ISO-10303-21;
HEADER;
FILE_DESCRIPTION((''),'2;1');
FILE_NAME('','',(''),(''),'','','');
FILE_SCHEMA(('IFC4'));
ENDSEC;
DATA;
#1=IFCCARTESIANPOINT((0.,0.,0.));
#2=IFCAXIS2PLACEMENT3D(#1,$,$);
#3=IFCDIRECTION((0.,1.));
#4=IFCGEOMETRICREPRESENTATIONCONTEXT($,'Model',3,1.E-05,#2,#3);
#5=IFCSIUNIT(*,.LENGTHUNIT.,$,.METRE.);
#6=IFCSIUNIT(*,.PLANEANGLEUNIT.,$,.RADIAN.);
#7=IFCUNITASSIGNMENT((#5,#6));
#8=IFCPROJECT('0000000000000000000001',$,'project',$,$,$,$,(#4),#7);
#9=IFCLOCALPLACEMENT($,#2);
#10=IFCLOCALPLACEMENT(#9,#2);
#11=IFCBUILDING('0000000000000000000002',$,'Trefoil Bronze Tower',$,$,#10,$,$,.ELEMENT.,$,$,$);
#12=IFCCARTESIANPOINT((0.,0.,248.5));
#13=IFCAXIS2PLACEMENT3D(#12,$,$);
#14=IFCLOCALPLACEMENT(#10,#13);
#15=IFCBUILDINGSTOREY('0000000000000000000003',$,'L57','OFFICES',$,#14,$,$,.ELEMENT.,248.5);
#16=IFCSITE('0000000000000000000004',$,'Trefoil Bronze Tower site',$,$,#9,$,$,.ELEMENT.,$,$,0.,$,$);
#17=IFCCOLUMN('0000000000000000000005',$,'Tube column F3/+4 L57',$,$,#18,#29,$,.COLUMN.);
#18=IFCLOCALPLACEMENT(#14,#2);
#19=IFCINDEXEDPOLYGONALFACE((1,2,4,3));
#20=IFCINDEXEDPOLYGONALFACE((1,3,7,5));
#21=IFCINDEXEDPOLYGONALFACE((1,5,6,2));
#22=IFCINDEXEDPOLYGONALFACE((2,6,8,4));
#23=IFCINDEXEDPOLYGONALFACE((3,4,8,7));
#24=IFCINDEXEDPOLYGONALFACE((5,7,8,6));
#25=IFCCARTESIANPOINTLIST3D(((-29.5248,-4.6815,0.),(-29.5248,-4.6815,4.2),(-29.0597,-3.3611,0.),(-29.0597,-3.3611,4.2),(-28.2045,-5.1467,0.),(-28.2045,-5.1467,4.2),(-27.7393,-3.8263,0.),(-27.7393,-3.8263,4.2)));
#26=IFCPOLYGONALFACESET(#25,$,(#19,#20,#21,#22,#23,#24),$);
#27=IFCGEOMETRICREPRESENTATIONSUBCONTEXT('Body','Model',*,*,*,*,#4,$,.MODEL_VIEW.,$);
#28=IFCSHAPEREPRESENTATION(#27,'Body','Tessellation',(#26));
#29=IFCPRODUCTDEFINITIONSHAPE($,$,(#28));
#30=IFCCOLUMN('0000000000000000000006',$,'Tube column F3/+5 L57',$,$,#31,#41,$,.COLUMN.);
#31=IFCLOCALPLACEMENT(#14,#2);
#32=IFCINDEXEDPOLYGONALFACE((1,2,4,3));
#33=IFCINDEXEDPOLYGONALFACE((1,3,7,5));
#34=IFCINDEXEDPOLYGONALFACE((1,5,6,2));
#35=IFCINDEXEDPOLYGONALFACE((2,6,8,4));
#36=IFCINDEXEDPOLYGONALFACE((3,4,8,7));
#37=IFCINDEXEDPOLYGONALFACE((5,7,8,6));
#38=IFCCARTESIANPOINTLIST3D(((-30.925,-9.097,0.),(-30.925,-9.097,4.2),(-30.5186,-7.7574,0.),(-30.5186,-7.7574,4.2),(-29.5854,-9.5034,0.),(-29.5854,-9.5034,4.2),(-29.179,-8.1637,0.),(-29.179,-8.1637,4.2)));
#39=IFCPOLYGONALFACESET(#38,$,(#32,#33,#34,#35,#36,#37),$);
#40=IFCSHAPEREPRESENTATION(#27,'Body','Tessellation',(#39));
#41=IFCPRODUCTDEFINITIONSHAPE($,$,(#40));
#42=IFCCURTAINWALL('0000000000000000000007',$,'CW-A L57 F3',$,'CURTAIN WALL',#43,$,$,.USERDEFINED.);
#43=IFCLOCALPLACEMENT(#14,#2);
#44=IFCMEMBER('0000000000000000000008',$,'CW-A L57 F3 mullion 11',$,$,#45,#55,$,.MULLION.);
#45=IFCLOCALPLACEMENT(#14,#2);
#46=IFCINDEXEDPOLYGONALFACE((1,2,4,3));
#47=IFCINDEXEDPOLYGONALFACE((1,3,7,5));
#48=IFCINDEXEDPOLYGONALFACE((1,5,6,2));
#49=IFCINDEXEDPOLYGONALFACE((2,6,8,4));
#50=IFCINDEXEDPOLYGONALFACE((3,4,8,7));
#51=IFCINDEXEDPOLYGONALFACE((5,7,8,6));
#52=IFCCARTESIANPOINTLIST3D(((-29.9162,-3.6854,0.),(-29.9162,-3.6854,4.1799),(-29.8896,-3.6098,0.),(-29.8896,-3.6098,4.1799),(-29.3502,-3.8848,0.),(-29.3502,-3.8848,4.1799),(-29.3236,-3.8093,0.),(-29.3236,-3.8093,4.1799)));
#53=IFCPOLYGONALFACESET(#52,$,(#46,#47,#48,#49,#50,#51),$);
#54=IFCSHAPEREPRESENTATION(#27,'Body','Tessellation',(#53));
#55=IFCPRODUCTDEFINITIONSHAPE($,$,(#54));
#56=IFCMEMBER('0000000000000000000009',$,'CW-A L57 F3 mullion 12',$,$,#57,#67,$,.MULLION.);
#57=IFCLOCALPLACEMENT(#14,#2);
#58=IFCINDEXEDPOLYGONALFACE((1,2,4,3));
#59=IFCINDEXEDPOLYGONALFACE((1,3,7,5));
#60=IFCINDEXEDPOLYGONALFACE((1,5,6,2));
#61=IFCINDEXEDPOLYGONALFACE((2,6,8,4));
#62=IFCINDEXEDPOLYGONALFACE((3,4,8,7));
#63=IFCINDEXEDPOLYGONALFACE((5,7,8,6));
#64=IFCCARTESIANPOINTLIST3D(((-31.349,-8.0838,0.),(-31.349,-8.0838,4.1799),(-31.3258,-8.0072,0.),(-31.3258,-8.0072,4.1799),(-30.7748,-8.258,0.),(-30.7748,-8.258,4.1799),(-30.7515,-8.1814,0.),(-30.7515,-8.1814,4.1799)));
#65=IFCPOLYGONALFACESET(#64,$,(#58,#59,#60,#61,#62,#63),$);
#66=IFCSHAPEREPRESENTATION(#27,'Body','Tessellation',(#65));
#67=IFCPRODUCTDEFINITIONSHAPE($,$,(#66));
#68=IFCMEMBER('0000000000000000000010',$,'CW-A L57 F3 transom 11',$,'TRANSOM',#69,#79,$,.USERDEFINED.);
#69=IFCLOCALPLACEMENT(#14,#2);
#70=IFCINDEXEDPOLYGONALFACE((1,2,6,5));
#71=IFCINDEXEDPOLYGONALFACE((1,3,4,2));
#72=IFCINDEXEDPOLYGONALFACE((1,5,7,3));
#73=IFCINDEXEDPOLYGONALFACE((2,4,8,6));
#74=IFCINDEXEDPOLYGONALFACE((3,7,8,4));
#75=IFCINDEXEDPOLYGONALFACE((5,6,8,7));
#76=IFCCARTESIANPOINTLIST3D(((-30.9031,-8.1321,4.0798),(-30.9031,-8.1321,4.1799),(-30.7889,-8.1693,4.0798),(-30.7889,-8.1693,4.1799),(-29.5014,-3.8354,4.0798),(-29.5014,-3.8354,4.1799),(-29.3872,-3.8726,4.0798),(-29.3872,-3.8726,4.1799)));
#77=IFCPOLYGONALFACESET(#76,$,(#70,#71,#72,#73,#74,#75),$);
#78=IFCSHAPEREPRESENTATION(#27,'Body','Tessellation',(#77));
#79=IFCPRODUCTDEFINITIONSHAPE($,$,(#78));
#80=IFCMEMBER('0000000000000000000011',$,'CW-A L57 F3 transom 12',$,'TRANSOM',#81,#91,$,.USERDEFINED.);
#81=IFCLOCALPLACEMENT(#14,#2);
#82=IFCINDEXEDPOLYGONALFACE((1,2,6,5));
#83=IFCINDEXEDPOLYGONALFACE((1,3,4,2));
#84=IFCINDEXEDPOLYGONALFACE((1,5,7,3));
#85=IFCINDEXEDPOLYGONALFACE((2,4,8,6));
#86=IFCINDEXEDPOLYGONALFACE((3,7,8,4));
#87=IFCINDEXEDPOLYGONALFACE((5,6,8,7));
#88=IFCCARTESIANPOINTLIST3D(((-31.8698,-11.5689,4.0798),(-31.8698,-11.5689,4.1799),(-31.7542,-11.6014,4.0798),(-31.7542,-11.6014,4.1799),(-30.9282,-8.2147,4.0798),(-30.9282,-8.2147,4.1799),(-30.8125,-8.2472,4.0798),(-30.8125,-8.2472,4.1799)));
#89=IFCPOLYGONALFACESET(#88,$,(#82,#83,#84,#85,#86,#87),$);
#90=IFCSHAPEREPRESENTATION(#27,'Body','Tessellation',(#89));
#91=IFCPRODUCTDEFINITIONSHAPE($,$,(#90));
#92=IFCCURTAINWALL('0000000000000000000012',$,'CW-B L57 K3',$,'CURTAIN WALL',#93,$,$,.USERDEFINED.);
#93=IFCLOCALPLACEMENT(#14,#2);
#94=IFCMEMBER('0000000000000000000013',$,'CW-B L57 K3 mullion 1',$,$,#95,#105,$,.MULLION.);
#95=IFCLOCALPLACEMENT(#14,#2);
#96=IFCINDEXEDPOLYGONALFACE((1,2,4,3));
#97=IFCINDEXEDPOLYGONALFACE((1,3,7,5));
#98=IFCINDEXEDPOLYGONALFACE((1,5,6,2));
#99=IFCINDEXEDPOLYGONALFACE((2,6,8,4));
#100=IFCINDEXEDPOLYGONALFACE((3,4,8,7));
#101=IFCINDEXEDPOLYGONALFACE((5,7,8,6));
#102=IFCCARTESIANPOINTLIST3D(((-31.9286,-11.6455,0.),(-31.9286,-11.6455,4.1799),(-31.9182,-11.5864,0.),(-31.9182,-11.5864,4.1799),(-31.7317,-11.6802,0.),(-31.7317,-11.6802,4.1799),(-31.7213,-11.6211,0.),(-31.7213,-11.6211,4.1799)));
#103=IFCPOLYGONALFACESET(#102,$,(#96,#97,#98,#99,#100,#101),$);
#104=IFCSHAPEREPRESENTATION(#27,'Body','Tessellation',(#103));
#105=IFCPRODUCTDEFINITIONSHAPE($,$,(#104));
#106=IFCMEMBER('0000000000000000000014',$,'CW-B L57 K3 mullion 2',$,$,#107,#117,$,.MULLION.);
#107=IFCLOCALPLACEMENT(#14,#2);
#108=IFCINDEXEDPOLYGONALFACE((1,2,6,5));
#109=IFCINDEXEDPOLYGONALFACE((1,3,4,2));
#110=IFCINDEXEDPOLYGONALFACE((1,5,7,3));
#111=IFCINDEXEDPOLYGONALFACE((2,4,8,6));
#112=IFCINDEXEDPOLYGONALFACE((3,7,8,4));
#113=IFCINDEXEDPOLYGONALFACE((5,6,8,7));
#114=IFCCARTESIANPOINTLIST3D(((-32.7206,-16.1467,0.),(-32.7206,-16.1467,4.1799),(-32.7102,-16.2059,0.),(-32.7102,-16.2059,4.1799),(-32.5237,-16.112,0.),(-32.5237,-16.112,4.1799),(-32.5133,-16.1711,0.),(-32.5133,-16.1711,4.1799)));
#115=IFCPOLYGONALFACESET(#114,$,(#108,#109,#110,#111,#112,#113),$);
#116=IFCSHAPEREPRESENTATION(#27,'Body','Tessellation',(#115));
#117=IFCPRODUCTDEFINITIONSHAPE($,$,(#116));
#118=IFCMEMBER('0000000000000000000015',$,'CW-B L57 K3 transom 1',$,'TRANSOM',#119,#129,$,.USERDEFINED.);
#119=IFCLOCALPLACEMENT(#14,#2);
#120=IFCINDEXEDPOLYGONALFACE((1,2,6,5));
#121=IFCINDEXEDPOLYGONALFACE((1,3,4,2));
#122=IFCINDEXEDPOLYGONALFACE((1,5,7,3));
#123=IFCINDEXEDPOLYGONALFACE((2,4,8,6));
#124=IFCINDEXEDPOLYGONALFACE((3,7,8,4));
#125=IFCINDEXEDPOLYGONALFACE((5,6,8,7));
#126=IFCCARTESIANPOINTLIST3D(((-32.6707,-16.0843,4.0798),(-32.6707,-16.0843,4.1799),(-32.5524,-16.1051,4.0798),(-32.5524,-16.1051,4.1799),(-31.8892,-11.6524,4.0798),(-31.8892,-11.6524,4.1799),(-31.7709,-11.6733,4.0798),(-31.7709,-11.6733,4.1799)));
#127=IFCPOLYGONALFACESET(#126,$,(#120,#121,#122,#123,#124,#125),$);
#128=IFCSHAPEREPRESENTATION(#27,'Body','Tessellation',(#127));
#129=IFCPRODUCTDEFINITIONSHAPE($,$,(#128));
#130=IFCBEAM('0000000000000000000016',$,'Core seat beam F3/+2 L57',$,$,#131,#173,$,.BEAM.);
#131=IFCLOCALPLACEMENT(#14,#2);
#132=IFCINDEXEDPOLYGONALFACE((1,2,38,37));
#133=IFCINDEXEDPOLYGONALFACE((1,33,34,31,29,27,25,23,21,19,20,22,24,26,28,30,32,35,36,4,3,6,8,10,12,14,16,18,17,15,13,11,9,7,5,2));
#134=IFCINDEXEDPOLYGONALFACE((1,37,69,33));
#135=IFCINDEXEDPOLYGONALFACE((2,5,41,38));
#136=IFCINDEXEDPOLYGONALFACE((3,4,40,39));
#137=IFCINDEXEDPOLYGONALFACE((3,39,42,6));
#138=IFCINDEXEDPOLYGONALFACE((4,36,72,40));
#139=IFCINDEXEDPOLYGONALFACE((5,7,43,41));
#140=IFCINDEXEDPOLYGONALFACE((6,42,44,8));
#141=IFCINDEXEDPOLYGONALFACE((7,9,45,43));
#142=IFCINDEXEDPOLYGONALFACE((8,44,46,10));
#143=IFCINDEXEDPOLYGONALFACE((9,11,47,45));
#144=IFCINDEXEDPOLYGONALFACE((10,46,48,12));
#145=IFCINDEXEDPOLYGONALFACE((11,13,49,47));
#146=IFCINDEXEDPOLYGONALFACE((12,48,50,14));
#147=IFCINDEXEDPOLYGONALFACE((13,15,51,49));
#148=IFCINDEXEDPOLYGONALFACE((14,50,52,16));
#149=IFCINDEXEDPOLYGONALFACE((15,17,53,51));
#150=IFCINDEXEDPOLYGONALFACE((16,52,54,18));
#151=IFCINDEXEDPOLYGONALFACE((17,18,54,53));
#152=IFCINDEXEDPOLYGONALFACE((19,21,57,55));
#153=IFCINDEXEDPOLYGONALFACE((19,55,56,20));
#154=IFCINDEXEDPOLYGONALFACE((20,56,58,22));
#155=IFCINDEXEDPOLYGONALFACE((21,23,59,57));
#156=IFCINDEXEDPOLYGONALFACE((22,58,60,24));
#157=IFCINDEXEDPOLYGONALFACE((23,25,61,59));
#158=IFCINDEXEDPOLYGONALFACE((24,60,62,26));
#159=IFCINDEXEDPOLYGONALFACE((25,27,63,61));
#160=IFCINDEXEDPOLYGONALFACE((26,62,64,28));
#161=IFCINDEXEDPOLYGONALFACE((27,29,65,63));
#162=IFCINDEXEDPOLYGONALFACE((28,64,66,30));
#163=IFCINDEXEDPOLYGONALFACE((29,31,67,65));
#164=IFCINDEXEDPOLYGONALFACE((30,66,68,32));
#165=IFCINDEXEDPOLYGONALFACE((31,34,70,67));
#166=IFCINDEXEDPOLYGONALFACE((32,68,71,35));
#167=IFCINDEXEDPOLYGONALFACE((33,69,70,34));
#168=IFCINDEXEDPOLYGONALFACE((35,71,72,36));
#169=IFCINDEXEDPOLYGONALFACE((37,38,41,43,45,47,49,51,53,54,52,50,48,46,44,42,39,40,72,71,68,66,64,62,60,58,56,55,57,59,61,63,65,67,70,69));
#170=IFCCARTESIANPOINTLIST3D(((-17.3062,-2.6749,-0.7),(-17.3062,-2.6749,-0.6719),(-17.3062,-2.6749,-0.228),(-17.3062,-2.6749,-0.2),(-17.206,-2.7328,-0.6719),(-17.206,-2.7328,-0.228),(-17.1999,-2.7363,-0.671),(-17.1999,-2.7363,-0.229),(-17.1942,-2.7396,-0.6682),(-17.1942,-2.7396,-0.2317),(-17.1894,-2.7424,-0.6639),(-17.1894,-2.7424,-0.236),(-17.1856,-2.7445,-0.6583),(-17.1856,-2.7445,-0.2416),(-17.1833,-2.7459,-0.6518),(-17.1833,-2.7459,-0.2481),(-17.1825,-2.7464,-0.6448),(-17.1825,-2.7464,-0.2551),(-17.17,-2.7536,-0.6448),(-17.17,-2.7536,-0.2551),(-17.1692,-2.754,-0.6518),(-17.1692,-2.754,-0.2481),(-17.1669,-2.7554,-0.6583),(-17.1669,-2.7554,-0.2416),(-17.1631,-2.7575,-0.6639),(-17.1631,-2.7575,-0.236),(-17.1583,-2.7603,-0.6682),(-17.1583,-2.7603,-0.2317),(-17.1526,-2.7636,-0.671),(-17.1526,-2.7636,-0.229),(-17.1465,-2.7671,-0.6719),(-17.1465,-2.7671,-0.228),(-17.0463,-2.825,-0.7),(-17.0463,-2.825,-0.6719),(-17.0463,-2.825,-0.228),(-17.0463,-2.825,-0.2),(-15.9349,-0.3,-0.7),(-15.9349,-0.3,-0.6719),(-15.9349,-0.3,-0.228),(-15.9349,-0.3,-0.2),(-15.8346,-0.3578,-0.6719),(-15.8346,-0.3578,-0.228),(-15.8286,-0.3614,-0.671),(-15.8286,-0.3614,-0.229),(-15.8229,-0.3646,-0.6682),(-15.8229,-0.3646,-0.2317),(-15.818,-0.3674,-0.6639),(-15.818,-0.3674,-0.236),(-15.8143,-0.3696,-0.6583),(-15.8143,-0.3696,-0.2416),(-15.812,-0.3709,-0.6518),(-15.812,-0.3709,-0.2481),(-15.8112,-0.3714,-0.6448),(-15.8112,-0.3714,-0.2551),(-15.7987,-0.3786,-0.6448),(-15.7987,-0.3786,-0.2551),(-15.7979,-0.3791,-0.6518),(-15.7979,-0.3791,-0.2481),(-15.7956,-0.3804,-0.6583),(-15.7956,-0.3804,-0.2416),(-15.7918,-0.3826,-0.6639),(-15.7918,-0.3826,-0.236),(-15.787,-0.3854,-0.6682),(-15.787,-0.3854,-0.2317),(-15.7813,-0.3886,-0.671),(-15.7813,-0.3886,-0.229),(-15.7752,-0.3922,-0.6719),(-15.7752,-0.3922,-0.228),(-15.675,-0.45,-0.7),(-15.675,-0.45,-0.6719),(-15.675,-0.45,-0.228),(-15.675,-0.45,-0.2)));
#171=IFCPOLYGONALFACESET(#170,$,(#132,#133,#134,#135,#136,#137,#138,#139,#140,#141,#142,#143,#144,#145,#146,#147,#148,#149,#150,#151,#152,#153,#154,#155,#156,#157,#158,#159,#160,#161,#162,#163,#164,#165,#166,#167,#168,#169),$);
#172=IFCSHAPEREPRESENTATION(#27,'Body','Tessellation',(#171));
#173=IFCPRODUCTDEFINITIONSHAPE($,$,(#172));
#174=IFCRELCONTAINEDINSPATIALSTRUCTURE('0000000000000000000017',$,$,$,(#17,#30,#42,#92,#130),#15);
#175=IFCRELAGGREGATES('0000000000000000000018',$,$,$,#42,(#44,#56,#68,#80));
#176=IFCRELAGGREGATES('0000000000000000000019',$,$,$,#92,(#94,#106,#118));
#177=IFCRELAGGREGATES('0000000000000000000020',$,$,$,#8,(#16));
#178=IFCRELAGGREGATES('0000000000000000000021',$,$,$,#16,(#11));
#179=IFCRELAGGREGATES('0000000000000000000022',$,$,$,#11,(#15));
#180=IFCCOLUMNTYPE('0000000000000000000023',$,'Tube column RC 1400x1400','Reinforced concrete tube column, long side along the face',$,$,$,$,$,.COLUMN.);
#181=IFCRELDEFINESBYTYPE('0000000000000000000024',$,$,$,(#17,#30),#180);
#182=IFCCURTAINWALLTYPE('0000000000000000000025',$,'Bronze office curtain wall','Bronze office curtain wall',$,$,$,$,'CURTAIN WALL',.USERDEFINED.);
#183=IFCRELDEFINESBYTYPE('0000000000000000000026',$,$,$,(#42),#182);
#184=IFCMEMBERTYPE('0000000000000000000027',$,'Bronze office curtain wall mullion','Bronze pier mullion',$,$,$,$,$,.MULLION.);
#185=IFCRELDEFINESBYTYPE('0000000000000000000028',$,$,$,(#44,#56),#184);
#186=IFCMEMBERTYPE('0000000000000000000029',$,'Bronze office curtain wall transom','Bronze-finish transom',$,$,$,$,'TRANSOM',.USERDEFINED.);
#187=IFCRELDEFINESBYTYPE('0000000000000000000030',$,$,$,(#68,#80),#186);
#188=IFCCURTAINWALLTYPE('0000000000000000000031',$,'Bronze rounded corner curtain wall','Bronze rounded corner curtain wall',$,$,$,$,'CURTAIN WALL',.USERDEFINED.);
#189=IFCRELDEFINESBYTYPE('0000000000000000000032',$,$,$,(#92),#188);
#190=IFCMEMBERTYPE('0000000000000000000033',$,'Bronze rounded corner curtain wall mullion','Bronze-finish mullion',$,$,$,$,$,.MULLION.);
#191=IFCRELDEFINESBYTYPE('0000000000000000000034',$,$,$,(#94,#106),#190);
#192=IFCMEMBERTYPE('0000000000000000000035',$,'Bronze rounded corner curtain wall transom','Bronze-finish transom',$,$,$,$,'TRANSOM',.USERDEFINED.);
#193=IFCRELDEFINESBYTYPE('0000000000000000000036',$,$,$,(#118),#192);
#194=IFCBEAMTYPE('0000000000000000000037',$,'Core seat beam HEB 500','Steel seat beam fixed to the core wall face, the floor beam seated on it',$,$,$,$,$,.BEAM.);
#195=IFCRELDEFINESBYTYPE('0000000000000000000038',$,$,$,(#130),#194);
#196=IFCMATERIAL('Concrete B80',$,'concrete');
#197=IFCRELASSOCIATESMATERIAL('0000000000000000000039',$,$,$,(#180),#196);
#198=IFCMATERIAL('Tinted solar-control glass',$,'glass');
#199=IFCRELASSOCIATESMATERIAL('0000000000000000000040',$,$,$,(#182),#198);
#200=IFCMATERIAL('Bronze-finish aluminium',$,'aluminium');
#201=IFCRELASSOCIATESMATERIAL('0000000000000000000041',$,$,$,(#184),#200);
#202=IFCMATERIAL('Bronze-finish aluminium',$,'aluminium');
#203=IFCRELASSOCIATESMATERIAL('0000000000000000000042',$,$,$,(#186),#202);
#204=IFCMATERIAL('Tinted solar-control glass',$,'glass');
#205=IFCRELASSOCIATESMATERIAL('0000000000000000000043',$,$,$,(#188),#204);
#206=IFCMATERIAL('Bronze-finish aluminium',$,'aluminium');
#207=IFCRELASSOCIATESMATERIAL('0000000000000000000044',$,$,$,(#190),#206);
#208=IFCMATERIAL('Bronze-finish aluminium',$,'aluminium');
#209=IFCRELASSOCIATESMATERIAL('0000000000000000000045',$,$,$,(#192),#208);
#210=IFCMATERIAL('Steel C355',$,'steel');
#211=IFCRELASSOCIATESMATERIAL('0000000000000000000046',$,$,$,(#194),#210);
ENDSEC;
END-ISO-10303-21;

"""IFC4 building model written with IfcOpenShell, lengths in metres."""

from ifc_helpers import new_model, si_unit, direction, frame, origin, origin_2d, place, context, subcontext, project, spatial, rectangle, i_section, extrude, material, material_profile, profile_set, type_object, element, aggregate, save


model = new_model("IFC4")

# Units and contexts
model_context = context("Model", 3, precision=1e-05, world=origin(), true_north=direction((0.0, 1.0)))
body_context = subcontext(model_context, "Body", "Model", "MODEL_VIEW")
ifc_project = project(units=[si_unit("LENGTHUNIT", "METRE"), si_unit("PLANEANGLEUNIT", "RADIAN")], contexts=[model_context])

# Site, building, storey
site_placement = place(None, origin())
site = spatial("IfcSite", under=ifc_project, at=site_placement, Name="Trefoil Bronze Tower site", CompositionType="ELEMENT", RefElevation=0.0)
building_placement = place(site_placement, origin())
building = spatial("IfcBuilding", under=site, at=building_placement, Name="Trefoil Bronze Tower", CompositionType="ELEMENT")
storey_placement = place(building_placement, frame((0.0, 0.0, 248.5)))
storey = spatial("IfcBuildingStorey", under=building, at=storey_placement, Name="L57", Description="OFFICES", CompositionType="ELEMENT", Elevation=248.5)

# Columns
ifc_material_1 = material(Name="Concrete B80", Category="concrete")
ifc_material_profile_1 = material_profile(ifc_material_1, rectangle(XDim=1.3999, YDim=1.3999, at=origin_2d()), Name="RC 1400x1400")
ifc_profile_set_1 = profile_set([ifc_material_profile_1], Name="Concrete B80")
column_type = type_object("IfcColumnType", Name="Tube column RC 1400x1400", Description="Reinforced concrete tube column, long side along the face", PredefinedType="COLUMN", material=ifc_profile_set_1)
for number, where, z_axis, x_axis, name in (
    (1, (-28.6321, -4.2539, 0.0), (0.0, 0.0, 1.0), (-0.332282, -0.94318, 0.0), "Tube column F3/+4 L57"),
    (2, (-30.052, -8.6304, 0.0), (0.0, 0.0, 1.0), (-0.290278, -0.956942, 0.0), "Tube column F3/+5 L57"),
):
    element("IfcColumn", number, at=place(storey_placement, frame(where, z_axis=z_axis, x_axis=x_axis)), inside=storey, type_object=column_type, Name=name, PredefinedType="COLUMN", context=body_context, shape_type="SweptSolid", body=[
        extrude(rectangle(XDim=1.3999, YDim=1.3999, at=origin_2d()), origin(), (0.0, 0.0, 1.0), 4.2),
    ])

# Curtain walls, members
ifc_material_2 = material(Name="Tinted solar-control glass", Category="glass")
curtain_wall_type_1 = type_object("IfcCurtainWallType", Name="Bronze office curtain wall", Description="Bronze office curtain wall", ElementType="CURTAIN WALL", PredefinedType="USERDEFINED", material=ifc_material_2)
curtain_wall_1_placement = place(storey_placement, origin())
curtain_wall_1 = element("IfcCurtainWall", 3, at=curtain_wall_1_placement, inside=storey, type_object=curtain_wall_type_1, Name="CW-A L57 F3", ObjectType="CURTAIN WALL", PredefinedType="USERDEFINED")
ifc_material_3 = material(Name="Bronze-finish aluminium", Category="aluminium")
ifc_material_profile_2 = material_profile(ifc_material_3, rectangle(XDim=0.6001, YDim=0.0801, at=origin_2d()), Name="CW-A mullion")
ifc_profile_set_2 = profile_set([ifc_material_profile_2], Name="Bronze-finish aluminium")
member_type_1 = type_object("IfcMemberType", Name="Bronze office curtain wall mullion", Description="Bronze pier mullion", PredefinedType="MULLION", material=ifc_profile_set_2)
member_1_placement = place(storey_placement, frame((-29.6199, -3.7473, 0.0), z_axis=(0.0, 0.0, 1.0), x_axis=(0.94318, -0.332282, 0.0)))
member_1 = element("IfcMember", 4, at=member_1_placement, type_object=member_type_1, Name="CW-A L57 F3 mullion 11", PredefinedType="MULLION", context=body_context, shape_type="SweptSolid", body=[
    extrude(rectangle(XDim=0.6001, YDim=0.0801, at=origin_2d()), origin(), (0.0, 0.0, 1.0), 4.1799),
])
member_2_placement = place(storey_placement, frame((-31.0503, -8.1326, 0.0), z_axis=(0.0, 0.0, 1.0), x_axis=(0.956942, -0.290278, 0.0)))
member_2 = element("IfcMember", 5, at=member_2_placement, type_object=member_type_1, Name="CW-A L57 F3 mullion 12", PredefinedType="MULLION", context=body_context, shape_type="SweptSolid", body=[
    extrude(rectangle(XDim=0.6001, YDim=0.0801, at=origin_2d()), origin(), (0.0, 0.0, 1.0), 4.1799),
])
ifc_material_4 = material(Name="Bronze-finish aluminium", Category="aluminium")
ifc_material_profile_3 = material_profile(ifc_material_4, rectangle(XDim=0.1201, YDim=0.1001, at=origin_2d()), Name="CW-A transom")
ifc_profile_set_3 = profile_set([ifc_material_profile_3], Name="Bronze-finish aluminium")
member_type_2 = type_object("IfcMemberType", Name="Bronze office curtain wall transom", Description="Bronze-finish transom", ElementType="TRANSOM", PredefinedType="USERDEFINED", material=ifc_profile_set_3)
member_3_placement = place(storey_placement, frame((-29.4443, -3.854, 4.1299), z_axis=(-0.310128, -0.950695, 0.0), x_axis=(0.950695, -0.310128, 0.0)))
member_3 = element("IfcMember", 6, at=member_3_placement, type_object=member_type_2, Name="CW-A L57 F3 transom 11", ObjectType="TRANSOM", PredefinedType="USERDEFINED", context=body_context, shape_type="SweptSolid", body=[
    extrude(rectangle(XDim=0.1201, YDim=0.1001, at=origin_2d()), origin(), (0.0, 0.0, 1.0), 4.5195),
])
member_4_placement = place(storey_placement, frame((-30.8704, -8.231, 4.1299), z_axis=(-0.270285, -0.96278, 0.0), x_axis=(0.96278, -0.270285, 0.0)))
member_4 = element("IfcMember", 7, at=member_4_placement, type_object=member_type_2, Name="CW-A L57 F3 transom 12", ObjectType="TRANSOM", PredefinedType="USERDEFINED", context=body_context, shape_type="SweptSolid", body=[
    extrude(rectangle(XDim=0.1201, YDim=0.1001, at=origin_2d()), origin(), (0.0, 0.0, 1.0), 3.4839),
])
ifc_material_5 = material(Name="Tinted solar-control glass", Category="glass")
curtain_wall_type_2 = type_object("IfcCurtainWallType", Name="Bronze rounded corner curtain wall", Description="Bronze rounded corner curtain wall", ElementType="CURTAIN WALL", PredefinedType="USERDEFINED", material=ifc_material_5)
curtain_wall_2_placement = place(storey_placement, origin())
curtain_wall_2 = element("IfcCurtainWall", 8, at=curtain_wall_2_placement, inside=storey, type_object=curtain_wall_type_2, Name="CW-B L57 K3", ObjectType="CURTAIN WALL", PredefinedType="USERDEFINED")
ifc_material_6 = material(Name="Bronze-finish aluminium", Category="aluminium")
ifc_material_profile_4 = material_profile(ifc_material_6, rectangle(XDim=0.2, YDim=0.0601, at=origin_2d()), Name="CW-B mullion")
ifc_profile_set_4 = profile_set([ifc_material_profile_4], Name="Bronze-finish aluminium")
member_type_3 = type_object("IfcMemberType", Name="Bronze rounded corner curtain wall mullion", Description="Bronze-finish mullion", PredefinedType="MULLION", material=ifc_profile_set_4)
member_5_placement = place(storey_placement, frame((-31.825, -11.6333, 0.0), z_axis=(0.0, 0.0, 1.0), x_axis=(0.984808, -0.173648, 0.0)))
member_5 = element("IfcMember", 9, at=member_5_placement, type_object=member_type_3, Name="CW-B L57 K3 mullion 1", PredefinedType="MULLION", context=body_context, shape_type="SweptSolid", body=[
    extrude(rectangle(XDim=0.2, YDim=0.0601, at=origin_2d()), origin(), (0.0, 0.0, 1.0), 4.1799),
])
member_6_placement = place(storey_placement, frame((-32.6169, -16.1589, 0.0), z_axis=(0.0, 0.0, 1.0), x_axis=(0.984808, 0.173648, 0.0)))
member_6 = element("IfcMember", 10, at=member_6_placement, type_object=member_type_3, Name="CW-B L57 K3 mullion 2", PredefinedType="MULLION", context=body_context, shape_type="SweptSolid", body=[
    extrude(rectangle(XDim=0.2, YDim=0.0601, at=origin_2d()), origin(), (0.0, 0.0, 1.0), 4.1799),
])
ifc_material_7 = material(Name="Bronze-finish aluminium", Category="aluminium")
ifc_material_profile_5 = material_profile(ifc_material_7, rectangle(XDim=0.1201, YDim=0.1001, at=origin_2d()), Name="CW-B transom")
ifc_profile_set_5 = profile_set([ifc_material_profile_5], Name="Bronze-finish aluminium")
member_type_4 = type_object("IfcMemberType", Name="Bronze rounded corner curtain wall transom", Description="Bronze-finish transom", ElementType="TRANSOM", PredefinedType="USERDEFINED", material=ifc_profile_set_5)
member_7_placement = place(storey_placement, frame((-31.8301, -11.6628, 4.1299), z_axis=(-0.173655, -0.984806, 0.0), x_axis=(0.984806, -0.173655, 0.0)))
member_7 = element("IfcMember", 11, at=member_7_placement, type_object=member_type_4, Name="CW-B L57 K3 transom 1", ObjectType="TRANSOM", PredefinedType="USERDEFINED", context=body_context, shape_type="SweptSolid", body=[
    extrude(rectangle(XDim=0.1201, YDim=0.1001, at=origin_2d()), origin(), (0.0, 0.0, 1.0), 4.5002),
])

# Beam
ifc_material_8 = material(Name="Steel C355", Category="steel")
ifc_material_profile_6 = material_profile(ifc_material_8, i_section(OverallWidth=0.3, OverallDepth=0.5, WebThickness=0.0144, FlangeThickness=0.0281, FilletRadius=0.0271, at=origin_2d()), Name="HEB 500")
ifc_profile_set_6 = profile_set([ifc_material_profile_6], Name="Steel C355")
beam_type_1 = type_object("IfcBeamType", Name="Core seat beam HEB 500", Description="Steel seat beam fixed to the core wall face, the floor beam seated on it", PredefinedType="BEAM", material=ifc_profile_set_6)
beam_1_placement = place(storey_placement, frame((-15.8049, -0.375, -0.45), z_axis=(-0.500036, -0.866005, 0.0), x_axis=(0.866005, -0.500036, 0.0)))
element("IfcBeam", 12, at=beam_1_placement, inside=storey, type_object=beam_type_1, Name="Core seat beam F3/+2 L57", PredefinedType="BEAM", context=body_context, shape_type="SweptSolid", body=[
    extrude(i_section(OverallWidth=0.3, OverallDepth=0.5, WebThickness=0.0144, FlangeThickness=0.0281, FilletRadius=0.0271, at=origin_2d()), origin(), (0.0, 0.0, 1.0), 2.7424),
])

aggregate(curtain_wall_1, [member_1, member_2, member_3, member_4])
aggregate(curtain_wall_2, [member_5, member_6, member_7])

save(model, "model.ifc")
